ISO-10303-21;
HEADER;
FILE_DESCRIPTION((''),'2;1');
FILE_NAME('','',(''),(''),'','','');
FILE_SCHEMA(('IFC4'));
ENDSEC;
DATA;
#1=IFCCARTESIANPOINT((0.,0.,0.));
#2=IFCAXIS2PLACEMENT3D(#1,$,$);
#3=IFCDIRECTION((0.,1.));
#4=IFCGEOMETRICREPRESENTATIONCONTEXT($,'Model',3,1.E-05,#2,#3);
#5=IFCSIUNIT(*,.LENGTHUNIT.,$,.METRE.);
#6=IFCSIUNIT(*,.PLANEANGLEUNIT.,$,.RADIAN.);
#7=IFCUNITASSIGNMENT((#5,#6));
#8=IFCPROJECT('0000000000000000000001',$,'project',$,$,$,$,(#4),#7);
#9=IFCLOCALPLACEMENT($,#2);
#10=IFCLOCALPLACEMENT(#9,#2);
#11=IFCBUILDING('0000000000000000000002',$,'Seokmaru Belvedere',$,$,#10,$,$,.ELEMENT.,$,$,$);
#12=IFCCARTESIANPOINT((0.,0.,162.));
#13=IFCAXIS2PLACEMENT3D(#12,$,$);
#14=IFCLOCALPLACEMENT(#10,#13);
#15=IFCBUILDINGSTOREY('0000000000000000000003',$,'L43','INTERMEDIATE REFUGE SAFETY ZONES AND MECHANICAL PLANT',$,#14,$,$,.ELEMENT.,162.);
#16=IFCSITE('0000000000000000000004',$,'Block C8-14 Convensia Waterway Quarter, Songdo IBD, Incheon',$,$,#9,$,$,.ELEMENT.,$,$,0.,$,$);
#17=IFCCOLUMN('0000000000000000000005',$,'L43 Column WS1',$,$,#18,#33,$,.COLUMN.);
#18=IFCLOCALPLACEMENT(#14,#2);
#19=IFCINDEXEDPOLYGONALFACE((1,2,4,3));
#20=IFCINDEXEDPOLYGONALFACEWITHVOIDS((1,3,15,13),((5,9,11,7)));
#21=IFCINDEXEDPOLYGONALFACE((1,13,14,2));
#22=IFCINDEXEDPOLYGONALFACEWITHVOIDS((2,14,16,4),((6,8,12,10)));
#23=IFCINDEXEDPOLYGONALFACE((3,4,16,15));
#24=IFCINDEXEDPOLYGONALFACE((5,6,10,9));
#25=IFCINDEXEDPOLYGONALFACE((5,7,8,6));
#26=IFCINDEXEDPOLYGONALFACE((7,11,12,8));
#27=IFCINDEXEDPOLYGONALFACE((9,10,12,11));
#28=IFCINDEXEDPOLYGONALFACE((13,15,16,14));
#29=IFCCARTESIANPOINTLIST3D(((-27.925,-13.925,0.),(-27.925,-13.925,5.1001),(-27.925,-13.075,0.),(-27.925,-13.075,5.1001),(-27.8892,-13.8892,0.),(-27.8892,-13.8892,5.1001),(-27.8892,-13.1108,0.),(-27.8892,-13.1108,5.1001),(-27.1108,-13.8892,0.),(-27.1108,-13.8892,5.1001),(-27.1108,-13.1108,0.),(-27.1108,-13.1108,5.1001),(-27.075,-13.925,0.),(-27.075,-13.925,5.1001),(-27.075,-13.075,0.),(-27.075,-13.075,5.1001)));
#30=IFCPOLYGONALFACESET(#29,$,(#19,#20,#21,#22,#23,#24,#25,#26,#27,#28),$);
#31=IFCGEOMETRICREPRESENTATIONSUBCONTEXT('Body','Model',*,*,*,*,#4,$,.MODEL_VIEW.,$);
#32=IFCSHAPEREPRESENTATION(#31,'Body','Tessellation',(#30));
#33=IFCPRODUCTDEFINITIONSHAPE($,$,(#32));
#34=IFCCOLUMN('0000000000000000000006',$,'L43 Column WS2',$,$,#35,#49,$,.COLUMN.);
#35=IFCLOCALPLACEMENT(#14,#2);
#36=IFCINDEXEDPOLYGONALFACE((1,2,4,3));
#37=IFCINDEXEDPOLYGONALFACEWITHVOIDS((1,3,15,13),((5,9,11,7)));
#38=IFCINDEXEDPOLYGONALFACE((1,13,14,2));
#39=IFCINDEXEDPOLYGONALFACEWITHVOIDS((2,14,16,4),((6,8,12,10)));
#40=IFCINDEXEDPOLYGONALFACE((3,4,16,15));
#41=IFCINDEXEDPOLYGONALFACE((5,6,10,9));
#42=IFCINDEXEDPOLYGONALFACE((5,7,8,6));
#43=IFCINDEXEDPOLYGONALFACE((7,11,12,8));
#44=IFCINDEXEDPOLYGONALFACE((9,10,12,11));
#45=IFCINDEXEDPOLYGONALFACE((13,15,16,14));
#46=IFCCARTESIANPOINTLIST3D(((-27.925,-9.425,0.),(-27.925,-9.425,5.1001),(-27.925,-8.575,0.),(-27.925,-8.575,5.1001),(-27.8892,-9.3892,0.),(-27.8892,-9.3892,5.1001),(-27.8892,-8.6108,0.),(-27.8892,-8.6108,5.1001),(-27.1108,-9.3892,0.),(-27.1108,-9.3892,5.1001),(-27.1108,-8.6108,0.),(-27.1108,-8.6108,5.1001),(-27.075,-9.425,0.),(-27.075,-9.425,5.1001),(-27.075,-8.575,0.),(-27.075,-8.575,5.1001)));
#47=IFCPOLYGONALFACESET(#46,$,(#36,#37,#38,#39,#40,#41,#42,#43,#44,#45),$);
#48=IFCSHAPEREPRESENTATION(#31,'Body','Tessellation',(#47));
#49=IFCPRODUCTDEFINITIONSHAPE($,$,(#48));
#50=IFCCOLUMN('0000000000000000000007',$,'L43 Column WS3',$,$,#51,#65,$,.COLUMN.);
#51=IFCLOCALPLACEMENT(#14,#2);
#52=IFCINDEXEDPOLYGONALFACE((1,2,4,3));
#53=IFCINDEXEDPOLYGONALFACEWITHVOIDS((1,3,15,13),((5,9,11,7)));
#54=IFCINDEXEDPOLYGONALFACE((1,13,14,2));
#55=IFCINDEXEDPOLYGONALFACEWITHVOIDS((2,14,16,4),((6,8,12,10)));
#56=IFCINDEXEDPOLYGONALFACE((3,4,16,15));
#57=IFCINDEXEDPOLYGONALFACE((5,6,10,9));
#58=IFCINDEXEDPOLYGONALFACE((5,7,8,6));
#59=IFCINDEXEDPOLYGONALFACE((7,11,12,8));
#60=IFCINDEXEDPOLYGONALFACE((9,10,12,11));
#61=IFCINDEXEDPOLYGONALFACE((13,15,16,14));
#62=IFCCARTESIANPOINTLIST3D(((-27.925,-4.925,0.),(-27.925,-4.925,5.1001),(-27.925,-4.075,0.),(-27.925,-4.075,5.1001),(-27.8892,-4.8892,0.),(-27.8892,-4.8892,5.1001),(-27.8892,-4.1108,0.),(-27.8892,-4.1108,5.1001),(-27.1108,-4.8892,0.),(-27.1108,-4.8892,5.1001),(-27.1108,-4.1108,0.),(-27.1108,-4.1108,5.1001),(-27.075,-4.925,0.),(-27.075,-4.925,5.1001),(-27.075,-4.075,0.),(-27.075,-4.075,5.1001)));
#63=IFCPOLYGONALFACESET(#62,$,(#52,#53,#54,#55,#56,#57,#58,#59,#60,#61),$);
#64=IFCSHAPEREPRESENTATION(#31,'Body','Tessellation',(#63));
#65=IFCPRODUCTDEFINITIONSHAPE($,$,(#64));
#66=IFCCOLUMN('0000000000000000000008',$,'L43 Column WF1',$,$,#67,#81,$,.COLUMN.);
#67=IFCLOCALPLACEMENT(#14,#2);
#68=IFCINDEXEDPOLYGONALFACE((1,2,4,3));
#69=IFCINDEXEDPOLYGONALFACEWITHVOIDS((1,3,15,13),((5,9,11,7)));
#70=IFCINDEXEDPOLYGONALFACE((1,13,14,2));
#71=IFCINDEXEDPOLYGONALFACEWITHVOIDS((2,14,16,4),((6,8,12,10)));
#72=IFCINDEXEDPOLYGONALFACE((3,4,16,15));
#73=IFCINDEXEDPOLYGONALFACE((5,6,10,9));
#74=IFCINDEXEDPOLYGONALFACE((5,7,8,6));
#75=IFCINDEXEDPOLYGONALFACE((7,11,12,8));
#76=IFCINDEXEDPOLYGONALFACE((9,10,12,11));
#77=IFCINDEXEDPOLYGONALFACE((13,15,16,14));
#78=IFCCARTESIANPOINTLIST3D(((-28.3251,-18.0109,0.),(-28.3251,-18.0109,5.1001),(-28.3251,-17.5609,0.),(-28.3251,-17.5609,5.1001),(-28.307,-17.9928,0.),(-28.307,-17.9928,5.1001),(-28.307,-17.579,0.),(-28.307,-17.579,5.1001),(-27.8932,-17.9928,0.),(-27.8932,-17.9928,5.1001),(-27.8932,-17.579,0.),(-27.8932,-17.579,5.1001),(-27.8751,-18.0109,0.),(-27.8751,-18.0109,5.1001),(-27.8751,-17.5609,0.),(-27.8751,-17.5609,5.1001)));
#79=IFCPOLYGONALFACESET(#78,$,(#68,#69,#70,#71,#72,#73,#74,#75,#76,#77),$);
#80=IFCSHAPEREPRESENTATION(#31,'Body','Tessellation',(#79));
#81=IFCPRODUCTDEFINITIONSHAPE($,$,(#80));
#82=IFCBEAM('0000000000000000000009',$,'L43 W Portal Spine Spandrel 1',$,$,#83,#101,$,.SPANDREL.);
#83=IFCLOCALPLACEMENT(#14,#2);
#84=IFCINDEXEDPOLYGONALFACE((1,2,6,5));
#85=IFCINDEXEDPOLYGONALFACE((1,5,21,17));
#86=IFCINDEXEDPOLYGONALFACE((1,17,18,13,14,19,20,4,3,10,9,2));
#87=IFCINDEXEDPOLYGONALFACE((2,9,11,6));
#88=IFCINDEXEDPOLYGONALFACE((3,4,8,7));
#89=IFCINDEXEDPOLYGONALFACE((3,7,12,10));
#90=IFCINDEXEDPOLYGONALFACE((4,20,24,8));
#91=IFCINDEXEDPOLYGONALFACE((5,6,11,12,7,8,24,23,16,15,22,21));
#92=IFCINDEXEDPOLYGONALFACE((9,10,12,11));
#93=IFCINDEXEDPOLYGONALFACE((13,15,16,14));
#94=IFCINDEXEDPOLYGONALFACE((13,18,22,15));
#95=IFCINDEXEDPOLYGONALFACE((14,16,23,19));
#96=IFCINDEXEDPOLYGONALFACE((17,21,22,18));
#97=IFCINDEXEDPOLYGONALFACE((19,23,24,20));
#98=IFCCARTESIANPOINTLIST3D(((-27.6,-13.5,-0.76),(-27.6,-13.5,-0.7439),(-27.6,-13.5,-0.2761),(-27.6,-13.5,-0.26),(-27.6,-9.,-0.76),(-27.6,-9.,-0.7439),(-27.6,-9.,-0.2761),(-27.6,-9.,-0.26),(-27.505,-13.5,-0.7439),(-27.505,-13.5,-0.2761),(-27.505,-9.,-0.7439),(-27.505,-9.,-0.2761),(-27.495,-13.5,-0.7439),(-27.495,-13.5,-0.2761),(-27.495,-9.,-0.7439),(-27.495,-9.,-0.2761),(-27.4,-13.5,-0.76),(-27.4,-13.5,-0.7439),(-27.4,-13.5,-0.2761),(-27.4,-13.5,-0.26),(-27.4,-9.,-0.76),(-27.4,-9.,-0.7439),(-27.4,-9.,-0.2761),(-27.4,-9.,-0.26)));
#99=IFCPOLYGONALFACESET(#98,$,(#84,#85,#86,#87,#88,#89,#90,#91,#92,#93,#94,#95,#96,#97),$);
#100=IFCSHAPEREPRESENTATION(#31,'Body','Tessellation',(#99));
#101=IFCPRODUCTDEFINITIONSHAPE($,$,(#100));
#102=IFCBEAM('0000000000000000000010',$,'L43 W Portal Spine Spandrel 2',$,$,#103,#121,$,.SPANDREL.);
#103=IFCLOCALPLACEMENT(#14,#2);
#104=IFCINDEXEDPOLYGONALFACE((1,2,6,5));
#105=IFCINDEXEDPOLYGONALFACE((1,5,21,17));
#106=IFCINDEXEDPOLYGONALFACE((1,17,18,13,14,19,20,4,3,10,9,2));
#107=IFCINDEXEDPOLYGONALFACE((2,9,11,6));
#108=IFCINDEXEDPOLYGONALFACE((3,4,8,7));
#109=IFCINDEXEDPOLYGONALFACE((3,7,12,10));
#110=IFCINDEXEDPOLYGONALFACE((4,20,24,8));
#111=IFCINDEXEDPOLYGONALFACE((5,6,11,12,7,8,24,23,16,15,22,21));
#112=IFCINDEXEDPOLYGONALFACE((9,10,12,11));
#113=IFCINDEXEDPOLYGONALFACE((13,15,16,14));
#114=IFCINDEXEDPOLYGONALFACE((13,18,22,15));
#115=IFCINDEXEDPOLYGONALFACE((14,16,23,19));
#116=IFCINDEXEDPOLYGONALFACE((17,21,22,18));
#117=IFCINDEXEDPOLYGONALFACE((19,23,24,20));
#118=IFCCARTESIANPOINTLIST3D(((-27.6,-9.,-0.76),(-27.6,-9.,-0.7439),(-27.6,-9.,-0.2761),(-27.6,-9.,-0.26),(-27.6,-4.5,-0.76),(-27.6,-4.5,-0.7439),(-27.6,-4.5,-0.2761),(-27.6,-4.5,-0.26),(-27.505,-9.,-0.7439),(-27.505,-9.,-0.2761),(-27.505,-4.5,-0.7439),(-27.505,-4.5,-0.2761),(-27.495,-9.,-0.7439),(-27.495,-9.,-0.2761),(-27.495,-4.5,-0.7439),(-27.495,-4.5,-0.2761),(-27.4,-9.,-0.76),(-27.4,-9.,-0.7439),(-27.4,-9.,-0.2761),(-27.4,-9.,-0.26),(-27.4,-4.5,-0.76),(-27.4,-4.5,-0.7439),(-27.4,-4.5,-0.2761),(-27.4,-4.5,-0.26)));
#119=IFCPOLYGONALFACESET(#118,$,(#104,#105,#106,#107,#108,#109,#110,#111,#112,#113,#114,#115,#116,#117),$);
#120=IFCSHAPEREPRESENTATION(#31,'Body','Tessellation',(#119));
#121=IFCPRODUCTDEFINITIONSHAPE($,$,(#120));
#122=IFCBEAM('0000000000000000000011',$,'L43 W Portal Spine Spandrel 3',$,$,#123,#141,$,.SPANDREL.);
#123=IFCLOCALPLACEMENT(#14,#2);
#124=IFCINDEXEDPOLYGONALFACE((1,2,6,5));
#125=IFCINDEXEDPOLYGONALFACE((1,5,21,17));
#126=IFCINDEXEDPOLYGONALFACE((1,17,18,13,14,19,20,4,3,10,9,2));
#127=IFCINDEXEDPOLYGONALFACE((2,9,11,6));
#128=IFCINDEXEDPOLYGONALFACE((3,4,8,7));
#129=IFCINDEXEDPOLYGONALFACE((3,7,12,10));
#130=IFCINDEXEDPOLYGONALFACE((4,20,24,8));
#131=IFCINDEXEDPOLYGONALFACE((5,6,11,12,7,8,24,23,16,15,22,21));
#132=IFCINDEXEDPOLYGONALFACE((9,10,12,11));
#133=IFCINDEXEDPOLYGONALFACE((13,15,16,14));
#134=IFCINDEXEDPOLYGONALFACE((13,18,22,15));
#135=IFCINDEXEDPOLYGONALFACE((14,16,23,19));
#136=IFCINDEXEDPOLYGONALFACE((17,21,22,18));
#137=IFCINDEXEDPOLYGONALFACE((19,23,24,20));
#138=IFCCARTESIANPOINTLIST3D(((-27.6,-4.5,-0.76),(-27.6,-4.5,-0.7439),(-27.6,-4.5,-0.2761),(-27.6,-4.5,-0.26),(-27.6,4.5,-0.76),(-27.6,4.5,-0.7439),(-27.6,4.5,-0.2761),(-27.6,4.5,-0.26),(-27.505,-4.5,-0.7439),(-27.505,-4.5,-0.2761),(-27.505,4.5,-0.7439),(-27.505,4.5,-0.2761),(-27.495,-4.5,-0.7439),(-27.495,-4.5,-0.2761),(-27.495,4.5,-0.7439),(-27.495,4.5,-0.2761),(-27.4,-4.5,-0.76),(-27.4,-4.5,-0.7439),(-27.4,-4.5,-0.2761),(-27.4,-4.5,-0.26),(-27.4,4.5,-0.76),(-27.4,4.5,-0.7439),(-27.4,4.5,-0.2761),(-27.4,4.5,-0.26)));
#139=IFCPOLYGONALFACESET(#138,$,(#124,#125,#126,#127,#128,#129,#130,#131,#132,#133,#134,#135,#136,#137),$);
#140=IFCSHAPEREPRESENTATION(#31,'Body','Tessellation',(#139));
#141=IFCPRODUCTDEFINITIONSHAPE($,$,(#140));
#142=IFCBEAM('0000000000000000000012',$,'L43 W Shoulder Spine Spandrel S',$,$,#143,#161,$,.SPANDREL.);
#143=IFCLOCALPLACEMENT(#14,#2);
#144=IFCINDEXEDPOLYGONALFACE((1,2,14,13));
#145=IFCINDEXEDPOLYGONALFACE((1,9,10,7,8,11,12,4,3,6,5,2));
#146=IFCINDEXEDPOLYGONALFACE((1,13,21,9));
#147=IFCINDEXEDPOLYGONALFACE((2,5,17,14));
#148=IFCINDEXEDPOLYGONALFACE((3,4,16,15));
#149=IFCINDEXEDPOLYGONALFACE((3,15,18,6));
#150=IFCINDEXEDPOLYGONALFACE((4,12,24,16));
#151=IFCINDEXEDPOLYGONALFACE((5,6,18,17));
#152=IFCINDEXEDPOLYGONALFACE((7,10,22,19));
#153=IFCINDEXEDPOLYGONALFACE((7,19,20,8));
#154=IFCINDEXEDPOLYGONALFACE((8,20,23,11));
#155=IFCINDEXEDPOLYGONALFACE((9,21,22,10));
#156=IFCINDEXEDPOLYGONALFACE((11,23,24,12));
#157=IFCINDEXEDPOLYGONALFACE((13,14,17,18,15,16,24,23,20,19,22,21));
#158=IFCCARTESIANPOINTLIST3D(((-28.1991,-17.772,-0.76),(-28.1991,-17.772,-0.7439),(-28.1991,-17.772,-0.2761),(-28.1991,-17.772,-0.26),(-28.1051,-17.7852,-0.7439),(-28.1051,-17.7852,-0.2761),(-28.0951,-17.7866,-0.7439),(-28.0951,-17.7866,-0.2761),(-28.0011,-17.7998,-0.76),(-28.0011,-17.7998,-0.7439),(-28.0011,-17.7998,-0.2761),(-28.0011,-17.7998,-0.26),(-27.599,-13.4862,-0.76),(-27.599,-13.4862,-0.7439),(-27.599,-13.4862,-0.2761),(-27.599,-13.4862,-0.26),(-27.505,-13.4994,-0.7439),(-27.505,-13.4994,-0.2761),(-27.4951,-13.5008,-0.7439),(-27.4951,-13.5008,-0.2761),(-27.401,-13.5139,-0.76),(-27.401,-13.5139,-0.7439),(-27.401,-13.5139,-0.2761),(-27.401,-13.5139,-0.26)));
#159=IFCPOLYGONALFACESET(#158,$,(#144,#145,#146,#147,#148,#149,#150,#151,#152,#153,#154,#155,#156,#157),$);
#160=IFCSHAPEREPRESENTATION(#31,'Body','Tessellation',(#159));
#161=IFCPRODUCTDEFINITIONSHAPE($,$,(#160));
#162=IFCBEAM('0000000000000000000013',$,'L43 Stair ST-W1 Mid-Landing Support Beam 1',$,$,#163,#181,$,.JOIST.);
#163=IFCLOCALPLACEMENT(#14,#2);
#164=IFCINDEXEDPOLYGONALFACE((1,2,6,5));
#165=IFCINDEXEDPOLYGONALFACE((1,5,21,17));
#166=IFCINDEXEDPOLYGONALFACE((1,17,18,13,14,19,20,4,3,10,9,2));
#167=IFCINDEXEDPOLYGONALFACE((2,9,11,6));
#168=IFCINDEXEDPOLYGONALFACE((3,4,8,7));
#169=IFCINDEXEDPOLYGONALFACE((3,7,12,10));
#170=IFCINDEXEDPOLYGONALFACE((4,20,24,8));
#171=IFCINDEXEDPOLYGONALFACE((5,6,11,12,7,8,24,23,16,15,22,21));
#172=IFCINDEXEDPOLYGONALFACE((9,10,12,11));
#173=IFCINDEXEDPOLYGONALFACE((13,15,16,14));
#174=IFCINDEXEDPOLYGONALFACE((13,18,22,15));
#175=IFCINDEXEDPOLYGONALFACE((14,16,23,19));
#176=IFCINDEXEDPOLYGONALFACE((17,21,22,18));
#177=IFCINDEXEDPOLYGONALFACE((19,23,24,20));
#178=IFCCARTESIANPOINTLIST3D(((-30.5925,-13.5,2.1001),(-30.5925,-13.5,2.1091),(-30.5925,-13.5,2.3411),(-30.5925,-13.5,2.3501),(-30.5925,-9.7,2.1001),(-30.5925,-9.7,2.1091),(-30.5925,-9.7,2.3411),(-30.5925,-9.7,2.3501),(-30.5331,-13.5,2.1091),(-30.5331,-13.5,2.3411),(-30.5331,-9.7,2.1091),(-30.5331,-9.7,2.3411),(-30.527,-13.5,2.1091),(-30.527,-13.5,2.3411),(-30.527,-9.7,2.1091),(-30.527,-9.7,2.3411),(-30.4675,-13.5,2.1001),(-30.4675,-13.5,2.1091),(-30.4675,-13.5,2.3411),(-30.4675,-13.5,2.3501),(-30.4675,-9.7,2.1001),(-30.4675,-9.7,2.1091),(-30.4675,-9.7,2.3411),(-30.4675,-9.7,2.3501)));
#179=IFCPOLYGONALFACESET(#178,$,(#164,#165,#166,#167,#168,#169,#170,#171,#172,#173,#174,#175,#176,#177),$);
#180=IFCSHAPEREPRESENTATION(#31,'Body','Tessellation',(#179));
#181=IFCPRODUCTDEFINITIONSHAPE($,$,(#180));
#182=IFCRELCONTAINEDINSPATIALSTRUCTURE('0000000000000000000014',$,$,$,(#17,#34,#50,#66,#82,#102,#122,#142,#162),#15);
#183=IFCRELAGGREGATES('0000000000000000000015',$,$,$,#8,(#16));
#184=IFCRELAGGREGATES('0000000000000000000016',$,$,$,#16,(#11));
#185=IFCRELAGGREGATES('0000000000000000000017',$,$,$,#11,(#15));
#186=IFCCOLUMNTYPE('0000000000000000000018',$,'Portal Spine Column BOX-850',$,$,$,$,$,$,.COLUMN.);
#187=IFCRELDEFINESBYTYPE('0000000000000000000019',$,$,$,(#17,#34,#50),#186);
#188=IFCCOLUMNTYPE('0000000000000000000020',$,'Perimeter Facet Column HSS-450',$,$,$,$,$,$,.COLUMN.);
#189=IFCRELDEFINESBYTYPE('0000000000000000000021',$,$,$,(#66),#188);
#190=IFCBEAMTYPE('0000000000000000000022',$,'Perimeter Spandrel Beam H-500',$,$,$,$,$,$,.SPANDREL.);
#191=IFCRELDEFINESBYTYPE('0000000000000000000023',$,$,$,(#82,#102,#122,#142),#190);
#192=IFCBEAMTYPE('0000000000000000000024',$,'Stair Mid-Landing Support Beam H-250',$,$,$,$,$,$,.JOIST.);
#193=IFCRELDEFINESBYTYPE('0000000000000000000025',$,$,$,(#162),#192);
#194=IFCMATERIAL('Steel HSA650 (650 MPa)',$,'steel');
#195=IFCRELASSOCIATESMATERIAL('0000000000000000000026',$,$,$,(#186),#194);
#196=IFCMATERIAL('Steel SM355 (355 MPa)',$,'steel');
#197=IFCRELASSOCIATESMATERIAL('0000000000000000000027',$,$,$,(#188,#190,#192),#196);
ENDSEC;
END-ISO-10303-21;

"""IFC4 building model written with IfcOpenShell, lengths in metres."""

from ifc_helpers import new_model, si_unit, direction, frame, origin, origin_2d, place, context, subcontext, project, spatial, hollow_rectangle, i_section, extrude, source, transform, mapped, material, material_profile, profile_set, type_object, type_shapes, element, save


model = new_model("IFC4")

# Units and contexts
model_context = context("Model", 3, precision=1e-05, world=origin(), true_north=direction((0.0, 1.0)))
body_context = subcontext(model_context, "Body", "Model", "MODEL_VIEW")
ifc_project = project(units=[si_unit("LENGTHUNIT", "METRE"), si_unit("PLANEANGLEUNIT", "RADIAN")], contexts=[model_context])

# Site, building, storey
site_placement = place(None, origin())
site = spatial("IfcSite", under=ifc_project, at=site_placement, Name="Block C8-14 Convensia Waterway Quarter, Songdo IBD, Incheon", CompositionType="ELEMENT", RefElevation=0.0)
building_placement = place(site_placement, origin())
building = spatial("IfcBuilding", under=site, at=building_placement, Name="Seokmaru Belvedere", CompositionType="ELEMENT")
storey_placement = place(building_placement, frame((0.0, 0.0, 162.0)))
storey = spatial("IfcBuildingStorey", under=building, at=storey_placement, Name="L43", Description="INTERMEDIATE REFUGE SAFETY ZONES AND MECHANICAL PLANT", CompositionType="ELEMENT", Elevation=162.0)

# Columns
ifc_material_1 = material(Name="Steel HSA650 (650 MPa)", Category="steel")
ifc_material_profile_1 = material_profile(ifc_material_1, hollow_rectangle(XDim=0.8501, YDim=0.8501, WallThickness=0.0359, at=origin_2d()), Name="BOX-850x850x36")
ifc_profile_set_1 = profile_set([ifc_material_profile_1], Name="Steel HSA650 (650 MPa)")
column_type_1 = type_object("IfcColumnType", Name="Portal Spine Column BOX-850", PredefinedType="COLUMN", material=ifc_profile_set_1)
shared_shape_1 = source(origin(), body_context, "Body", "SweptSolid", [
    extrude(hollow_rectangle(XDim=0.8501, YDim=0.8501, WallThickness=0.0359, at=origin_2d()), origin(), (0.0, 0.0, 1.0), 5.1001),
])
type_shapes(column_type_1, [shared_shape_1])
for number, where, z_axis, x_axis, name in (
    (1, (-27.5, -13.5, 0.0), (0.0, 0.0, 1.0), (1.0, 0.0, 0.0), "L43 Column WS1"),
    (2, (-27.5, -9.0, 0.0), (0.0, 0.0, 1.0), (1.0, 0.0, 0.0), "L43 Column WS2"),
    (3, (-27.5, -4.5, 0.0), (0.0, 0.0, 1.0), (1.0, 0.0, 0.0), "L43 Column WS3"),
):
    element("IfcColumn", number, at=place(storey_placement, frame(where, z_axis=z_axis, x_axis=x_axis)), inside=storey, type_object=column_type_1, Name=name, PredefinedType="COLUMN", context=body_context, shape_type="MappedRepresentation", body=[
        mapped(shared_shape_1, transform((0.0, 0.0, 0.0), scale=1.0)),
    ])
ifc_material_2 = material(Name="Steel SM355 (355 MPa)", Category="steel")
ifc_material_profile_2 = material_profile(ifc_material_2, hollow_rectangle(XDim=0.45, YDim=0.45, WallThickness=0.0181, at=origin_2d()), Name="HSS-450x450x18")
ifc_profile_set_2 = profile_set([ifc_material_profile_2], Name="Steel SM355 (355 MPa)")
column_type_2 = type_object("IfcColumnType", Name="Perimeter Facet Column HSS-450", PredefinedType="COLUMN", material=ifc_profile_set_2)
shared_shape_2 = source(origin(), body_context, "Body", "SweptSolid", [
    extrude(hollow_rectangle(XDim=0.45, YDim=0.45, WallThickness=0.0181, at=origin_2d()), origin(), (0.0, 0.0, 1.0), 5.1001),
])
type_shapes(column_type_2, [shared_shape_2])
column_placement = place(storey_placement, frame((-28.1001, -17.7859, 0.0), z_axis=(0.0, 0.0, 1.0), x_axis=(1.0, 0.0, 0.0)))
element("IfcColumn", 4, at=column_placement, inside=storey, type_object=column_type_2, Name="L43 Column WF1", PredefinedType="COLUMN", context=body_context, shape_type="MappedRepresentation", body=[
    mapped(shared_shape_2, transform((0.0, 0.0, 0.0), scale=1.0)),
])

# Beams
ifc_material_profile_3 = material_profile(ifc_material_2, i_section(OverallWidth=0.2, OverallDepth=0.5, WebThickness=0.01, FlangeThickness=0.0161, at=origin_2d()), Name="H-500x200x10x16")
ifc_profile_set_3 = profile_set([ifc_material_profile_3], Name="Steel SM355 (355 MPa)")
beam_type_1 = type_object("IfcBeamType", Name="Perimeter Spandrel Beam H-500", PredefinedType="SPANDREL", material=ifc_profile_set_3)
shared_shape_3 = source(origin(), body_context, "Body", "SweptSolid", [
    extrude(i_section(OverallWidth=0.2, OverallDepth=0.5, WebThickness=0.01, FlangeThickness=0.0161, at=origin_2d()), origin(), (0.0, 0.0, 1.0), 4.5),
])
for number, where, z_axis, x_axis, name in (
    (5, (-27.5, -13.5, -0.51), (0.0, 1.0, 0.0), (-1.0, 0.0, 0.0), "L43 W Portal Spine Spandrel 1"),
    (6, (-27.5, -9.0, -0.51), (0.0, 1.0, 0.0), (-1.0, 0.0, 0.0), "L43 W Portal Spine Spandrel 2"),
):
    element("IfcBeam", number, at=place(storey_placement, frame(where, z_axis=z_axis, x_axis=x_axis)), inside=storey, type_object=beam_type_1, Name=name, PredefinedType="SPANDREL", context=body_context, shape_type="MappedRepresentation", body=[
        mapped(shared_shape_3, transform((0.0, 0.0, 0.0), scale=1.0)),
    ])
shared_shape_4 = source(origin(), body_context, "Body", "SweptSolid", [
    extrude(i_section(OverallWidth=0.2, OverallDepth=0.5, WebThickness=0.01, FlangeThickness=0.0161, at=origin_2d()), origin(), (0.0, 0.0, 1.0), 9.0),
])
beam_1_placement = place(storey_placement, frame((-27.5, -4.5, -0.51), z_axis=(0.0, 1.0, 0.0), x_axis=(-1.0, 0.0, 0.0)))
element("IfcBeam", 7, at=beam_1_placement, inside=storey, type_object=beam_type_1, Name="L43 W Portal Spine Spandrel 3", PredefinedType="SPANDREL", context=body_context, shape_type="MappedRepresentation", body=[
    mapped(shared_shape_4, transform((0.0, 0.0, 0.0), scale=1.0)),
])
shared_shape_5 = source(origin(), body_context, "Body", "SweptSolid", [
    extrude(i_section(OverallWidth=0.2, OverallDepth=0.5, WebThickness=0.01, FlangeThickness=0.0161, at=origin_2d()), origin(), (0.0, 0.0, 1.0), 4.3276),
])
type_shapes(beam_type_1, [shared_shape_3, shared_shape_4, shared_shape_5])
beam_2_placement = place(storey_placement, frame((-28.1001, -17.7859, -0.51), z_axis=(0.138664, 0.990339, 0.0), x_axis=(-0.990339, 0.138664, 0.0)))
element("IfcBeam", 8, at=beam_2_placement, inside=storey, type_object=beam_type_1, Name="L43 W Shoulder Spine Spandrel S", PredefinedType="SPANDREL", context=body_context, shape_type="MappedRepresentation", body=[
    mapped(shared_shape_5, transform((0.0, 0.0, 0.0), scale=1.0)),
])
ifc_material_profile_4 = material_profile(ifc_material_2, i_section(OverallWidth=0.125, OverallDepth=0.25, WebThickness=0.0061, FlangeThickness=0.009, at=origin_2d()), Name="H-250x125x6x9")
ifc_profile_set_4 = profile_set([ifc_material_profile_4], Name="Steel SM355 (355 MPa)")
beam_type_2 = type_object("IfcBeamType", Name="Stair Mid-Landing Support Beam H-250", PredefinedType="JOIST", material=ifc_profile_set_4)
shared_shape_6 = source(origin(), body_context, "Body", "SweptSolid", [
    extrude(i_section(OverallWidth=0.125, OverallDepth=0.25, WebThickness=0.0061, FlangeThickness=0.009, at=origin_2d()), origin(), (0.0, 0.0, 1.0), 3.8),
])
type_shapes(beam_type_2, [shared_shape_6])
beam_3_placement = place(storey_placement, frame((-30.53, -13.5, 2.2251), z_axis=(0.0, 1.0, 0.0), x_axis=(-1.0, 0.0, 0.0)))
element("IfcBeam", 9, at=beam_3_placement, inside=storey, type_object=beam_type_2, Name="L43 Stair ST-W1 Mid-Landing Support Beam 1", PredefinedType="JOIST", context=body_context, shape_type="MappedRepresentation", body=[
    mapped(shared_shape_6, transform((0.0, 0.0, 0.0), scale=1.0)),
])

save(model, "model.ifc")
